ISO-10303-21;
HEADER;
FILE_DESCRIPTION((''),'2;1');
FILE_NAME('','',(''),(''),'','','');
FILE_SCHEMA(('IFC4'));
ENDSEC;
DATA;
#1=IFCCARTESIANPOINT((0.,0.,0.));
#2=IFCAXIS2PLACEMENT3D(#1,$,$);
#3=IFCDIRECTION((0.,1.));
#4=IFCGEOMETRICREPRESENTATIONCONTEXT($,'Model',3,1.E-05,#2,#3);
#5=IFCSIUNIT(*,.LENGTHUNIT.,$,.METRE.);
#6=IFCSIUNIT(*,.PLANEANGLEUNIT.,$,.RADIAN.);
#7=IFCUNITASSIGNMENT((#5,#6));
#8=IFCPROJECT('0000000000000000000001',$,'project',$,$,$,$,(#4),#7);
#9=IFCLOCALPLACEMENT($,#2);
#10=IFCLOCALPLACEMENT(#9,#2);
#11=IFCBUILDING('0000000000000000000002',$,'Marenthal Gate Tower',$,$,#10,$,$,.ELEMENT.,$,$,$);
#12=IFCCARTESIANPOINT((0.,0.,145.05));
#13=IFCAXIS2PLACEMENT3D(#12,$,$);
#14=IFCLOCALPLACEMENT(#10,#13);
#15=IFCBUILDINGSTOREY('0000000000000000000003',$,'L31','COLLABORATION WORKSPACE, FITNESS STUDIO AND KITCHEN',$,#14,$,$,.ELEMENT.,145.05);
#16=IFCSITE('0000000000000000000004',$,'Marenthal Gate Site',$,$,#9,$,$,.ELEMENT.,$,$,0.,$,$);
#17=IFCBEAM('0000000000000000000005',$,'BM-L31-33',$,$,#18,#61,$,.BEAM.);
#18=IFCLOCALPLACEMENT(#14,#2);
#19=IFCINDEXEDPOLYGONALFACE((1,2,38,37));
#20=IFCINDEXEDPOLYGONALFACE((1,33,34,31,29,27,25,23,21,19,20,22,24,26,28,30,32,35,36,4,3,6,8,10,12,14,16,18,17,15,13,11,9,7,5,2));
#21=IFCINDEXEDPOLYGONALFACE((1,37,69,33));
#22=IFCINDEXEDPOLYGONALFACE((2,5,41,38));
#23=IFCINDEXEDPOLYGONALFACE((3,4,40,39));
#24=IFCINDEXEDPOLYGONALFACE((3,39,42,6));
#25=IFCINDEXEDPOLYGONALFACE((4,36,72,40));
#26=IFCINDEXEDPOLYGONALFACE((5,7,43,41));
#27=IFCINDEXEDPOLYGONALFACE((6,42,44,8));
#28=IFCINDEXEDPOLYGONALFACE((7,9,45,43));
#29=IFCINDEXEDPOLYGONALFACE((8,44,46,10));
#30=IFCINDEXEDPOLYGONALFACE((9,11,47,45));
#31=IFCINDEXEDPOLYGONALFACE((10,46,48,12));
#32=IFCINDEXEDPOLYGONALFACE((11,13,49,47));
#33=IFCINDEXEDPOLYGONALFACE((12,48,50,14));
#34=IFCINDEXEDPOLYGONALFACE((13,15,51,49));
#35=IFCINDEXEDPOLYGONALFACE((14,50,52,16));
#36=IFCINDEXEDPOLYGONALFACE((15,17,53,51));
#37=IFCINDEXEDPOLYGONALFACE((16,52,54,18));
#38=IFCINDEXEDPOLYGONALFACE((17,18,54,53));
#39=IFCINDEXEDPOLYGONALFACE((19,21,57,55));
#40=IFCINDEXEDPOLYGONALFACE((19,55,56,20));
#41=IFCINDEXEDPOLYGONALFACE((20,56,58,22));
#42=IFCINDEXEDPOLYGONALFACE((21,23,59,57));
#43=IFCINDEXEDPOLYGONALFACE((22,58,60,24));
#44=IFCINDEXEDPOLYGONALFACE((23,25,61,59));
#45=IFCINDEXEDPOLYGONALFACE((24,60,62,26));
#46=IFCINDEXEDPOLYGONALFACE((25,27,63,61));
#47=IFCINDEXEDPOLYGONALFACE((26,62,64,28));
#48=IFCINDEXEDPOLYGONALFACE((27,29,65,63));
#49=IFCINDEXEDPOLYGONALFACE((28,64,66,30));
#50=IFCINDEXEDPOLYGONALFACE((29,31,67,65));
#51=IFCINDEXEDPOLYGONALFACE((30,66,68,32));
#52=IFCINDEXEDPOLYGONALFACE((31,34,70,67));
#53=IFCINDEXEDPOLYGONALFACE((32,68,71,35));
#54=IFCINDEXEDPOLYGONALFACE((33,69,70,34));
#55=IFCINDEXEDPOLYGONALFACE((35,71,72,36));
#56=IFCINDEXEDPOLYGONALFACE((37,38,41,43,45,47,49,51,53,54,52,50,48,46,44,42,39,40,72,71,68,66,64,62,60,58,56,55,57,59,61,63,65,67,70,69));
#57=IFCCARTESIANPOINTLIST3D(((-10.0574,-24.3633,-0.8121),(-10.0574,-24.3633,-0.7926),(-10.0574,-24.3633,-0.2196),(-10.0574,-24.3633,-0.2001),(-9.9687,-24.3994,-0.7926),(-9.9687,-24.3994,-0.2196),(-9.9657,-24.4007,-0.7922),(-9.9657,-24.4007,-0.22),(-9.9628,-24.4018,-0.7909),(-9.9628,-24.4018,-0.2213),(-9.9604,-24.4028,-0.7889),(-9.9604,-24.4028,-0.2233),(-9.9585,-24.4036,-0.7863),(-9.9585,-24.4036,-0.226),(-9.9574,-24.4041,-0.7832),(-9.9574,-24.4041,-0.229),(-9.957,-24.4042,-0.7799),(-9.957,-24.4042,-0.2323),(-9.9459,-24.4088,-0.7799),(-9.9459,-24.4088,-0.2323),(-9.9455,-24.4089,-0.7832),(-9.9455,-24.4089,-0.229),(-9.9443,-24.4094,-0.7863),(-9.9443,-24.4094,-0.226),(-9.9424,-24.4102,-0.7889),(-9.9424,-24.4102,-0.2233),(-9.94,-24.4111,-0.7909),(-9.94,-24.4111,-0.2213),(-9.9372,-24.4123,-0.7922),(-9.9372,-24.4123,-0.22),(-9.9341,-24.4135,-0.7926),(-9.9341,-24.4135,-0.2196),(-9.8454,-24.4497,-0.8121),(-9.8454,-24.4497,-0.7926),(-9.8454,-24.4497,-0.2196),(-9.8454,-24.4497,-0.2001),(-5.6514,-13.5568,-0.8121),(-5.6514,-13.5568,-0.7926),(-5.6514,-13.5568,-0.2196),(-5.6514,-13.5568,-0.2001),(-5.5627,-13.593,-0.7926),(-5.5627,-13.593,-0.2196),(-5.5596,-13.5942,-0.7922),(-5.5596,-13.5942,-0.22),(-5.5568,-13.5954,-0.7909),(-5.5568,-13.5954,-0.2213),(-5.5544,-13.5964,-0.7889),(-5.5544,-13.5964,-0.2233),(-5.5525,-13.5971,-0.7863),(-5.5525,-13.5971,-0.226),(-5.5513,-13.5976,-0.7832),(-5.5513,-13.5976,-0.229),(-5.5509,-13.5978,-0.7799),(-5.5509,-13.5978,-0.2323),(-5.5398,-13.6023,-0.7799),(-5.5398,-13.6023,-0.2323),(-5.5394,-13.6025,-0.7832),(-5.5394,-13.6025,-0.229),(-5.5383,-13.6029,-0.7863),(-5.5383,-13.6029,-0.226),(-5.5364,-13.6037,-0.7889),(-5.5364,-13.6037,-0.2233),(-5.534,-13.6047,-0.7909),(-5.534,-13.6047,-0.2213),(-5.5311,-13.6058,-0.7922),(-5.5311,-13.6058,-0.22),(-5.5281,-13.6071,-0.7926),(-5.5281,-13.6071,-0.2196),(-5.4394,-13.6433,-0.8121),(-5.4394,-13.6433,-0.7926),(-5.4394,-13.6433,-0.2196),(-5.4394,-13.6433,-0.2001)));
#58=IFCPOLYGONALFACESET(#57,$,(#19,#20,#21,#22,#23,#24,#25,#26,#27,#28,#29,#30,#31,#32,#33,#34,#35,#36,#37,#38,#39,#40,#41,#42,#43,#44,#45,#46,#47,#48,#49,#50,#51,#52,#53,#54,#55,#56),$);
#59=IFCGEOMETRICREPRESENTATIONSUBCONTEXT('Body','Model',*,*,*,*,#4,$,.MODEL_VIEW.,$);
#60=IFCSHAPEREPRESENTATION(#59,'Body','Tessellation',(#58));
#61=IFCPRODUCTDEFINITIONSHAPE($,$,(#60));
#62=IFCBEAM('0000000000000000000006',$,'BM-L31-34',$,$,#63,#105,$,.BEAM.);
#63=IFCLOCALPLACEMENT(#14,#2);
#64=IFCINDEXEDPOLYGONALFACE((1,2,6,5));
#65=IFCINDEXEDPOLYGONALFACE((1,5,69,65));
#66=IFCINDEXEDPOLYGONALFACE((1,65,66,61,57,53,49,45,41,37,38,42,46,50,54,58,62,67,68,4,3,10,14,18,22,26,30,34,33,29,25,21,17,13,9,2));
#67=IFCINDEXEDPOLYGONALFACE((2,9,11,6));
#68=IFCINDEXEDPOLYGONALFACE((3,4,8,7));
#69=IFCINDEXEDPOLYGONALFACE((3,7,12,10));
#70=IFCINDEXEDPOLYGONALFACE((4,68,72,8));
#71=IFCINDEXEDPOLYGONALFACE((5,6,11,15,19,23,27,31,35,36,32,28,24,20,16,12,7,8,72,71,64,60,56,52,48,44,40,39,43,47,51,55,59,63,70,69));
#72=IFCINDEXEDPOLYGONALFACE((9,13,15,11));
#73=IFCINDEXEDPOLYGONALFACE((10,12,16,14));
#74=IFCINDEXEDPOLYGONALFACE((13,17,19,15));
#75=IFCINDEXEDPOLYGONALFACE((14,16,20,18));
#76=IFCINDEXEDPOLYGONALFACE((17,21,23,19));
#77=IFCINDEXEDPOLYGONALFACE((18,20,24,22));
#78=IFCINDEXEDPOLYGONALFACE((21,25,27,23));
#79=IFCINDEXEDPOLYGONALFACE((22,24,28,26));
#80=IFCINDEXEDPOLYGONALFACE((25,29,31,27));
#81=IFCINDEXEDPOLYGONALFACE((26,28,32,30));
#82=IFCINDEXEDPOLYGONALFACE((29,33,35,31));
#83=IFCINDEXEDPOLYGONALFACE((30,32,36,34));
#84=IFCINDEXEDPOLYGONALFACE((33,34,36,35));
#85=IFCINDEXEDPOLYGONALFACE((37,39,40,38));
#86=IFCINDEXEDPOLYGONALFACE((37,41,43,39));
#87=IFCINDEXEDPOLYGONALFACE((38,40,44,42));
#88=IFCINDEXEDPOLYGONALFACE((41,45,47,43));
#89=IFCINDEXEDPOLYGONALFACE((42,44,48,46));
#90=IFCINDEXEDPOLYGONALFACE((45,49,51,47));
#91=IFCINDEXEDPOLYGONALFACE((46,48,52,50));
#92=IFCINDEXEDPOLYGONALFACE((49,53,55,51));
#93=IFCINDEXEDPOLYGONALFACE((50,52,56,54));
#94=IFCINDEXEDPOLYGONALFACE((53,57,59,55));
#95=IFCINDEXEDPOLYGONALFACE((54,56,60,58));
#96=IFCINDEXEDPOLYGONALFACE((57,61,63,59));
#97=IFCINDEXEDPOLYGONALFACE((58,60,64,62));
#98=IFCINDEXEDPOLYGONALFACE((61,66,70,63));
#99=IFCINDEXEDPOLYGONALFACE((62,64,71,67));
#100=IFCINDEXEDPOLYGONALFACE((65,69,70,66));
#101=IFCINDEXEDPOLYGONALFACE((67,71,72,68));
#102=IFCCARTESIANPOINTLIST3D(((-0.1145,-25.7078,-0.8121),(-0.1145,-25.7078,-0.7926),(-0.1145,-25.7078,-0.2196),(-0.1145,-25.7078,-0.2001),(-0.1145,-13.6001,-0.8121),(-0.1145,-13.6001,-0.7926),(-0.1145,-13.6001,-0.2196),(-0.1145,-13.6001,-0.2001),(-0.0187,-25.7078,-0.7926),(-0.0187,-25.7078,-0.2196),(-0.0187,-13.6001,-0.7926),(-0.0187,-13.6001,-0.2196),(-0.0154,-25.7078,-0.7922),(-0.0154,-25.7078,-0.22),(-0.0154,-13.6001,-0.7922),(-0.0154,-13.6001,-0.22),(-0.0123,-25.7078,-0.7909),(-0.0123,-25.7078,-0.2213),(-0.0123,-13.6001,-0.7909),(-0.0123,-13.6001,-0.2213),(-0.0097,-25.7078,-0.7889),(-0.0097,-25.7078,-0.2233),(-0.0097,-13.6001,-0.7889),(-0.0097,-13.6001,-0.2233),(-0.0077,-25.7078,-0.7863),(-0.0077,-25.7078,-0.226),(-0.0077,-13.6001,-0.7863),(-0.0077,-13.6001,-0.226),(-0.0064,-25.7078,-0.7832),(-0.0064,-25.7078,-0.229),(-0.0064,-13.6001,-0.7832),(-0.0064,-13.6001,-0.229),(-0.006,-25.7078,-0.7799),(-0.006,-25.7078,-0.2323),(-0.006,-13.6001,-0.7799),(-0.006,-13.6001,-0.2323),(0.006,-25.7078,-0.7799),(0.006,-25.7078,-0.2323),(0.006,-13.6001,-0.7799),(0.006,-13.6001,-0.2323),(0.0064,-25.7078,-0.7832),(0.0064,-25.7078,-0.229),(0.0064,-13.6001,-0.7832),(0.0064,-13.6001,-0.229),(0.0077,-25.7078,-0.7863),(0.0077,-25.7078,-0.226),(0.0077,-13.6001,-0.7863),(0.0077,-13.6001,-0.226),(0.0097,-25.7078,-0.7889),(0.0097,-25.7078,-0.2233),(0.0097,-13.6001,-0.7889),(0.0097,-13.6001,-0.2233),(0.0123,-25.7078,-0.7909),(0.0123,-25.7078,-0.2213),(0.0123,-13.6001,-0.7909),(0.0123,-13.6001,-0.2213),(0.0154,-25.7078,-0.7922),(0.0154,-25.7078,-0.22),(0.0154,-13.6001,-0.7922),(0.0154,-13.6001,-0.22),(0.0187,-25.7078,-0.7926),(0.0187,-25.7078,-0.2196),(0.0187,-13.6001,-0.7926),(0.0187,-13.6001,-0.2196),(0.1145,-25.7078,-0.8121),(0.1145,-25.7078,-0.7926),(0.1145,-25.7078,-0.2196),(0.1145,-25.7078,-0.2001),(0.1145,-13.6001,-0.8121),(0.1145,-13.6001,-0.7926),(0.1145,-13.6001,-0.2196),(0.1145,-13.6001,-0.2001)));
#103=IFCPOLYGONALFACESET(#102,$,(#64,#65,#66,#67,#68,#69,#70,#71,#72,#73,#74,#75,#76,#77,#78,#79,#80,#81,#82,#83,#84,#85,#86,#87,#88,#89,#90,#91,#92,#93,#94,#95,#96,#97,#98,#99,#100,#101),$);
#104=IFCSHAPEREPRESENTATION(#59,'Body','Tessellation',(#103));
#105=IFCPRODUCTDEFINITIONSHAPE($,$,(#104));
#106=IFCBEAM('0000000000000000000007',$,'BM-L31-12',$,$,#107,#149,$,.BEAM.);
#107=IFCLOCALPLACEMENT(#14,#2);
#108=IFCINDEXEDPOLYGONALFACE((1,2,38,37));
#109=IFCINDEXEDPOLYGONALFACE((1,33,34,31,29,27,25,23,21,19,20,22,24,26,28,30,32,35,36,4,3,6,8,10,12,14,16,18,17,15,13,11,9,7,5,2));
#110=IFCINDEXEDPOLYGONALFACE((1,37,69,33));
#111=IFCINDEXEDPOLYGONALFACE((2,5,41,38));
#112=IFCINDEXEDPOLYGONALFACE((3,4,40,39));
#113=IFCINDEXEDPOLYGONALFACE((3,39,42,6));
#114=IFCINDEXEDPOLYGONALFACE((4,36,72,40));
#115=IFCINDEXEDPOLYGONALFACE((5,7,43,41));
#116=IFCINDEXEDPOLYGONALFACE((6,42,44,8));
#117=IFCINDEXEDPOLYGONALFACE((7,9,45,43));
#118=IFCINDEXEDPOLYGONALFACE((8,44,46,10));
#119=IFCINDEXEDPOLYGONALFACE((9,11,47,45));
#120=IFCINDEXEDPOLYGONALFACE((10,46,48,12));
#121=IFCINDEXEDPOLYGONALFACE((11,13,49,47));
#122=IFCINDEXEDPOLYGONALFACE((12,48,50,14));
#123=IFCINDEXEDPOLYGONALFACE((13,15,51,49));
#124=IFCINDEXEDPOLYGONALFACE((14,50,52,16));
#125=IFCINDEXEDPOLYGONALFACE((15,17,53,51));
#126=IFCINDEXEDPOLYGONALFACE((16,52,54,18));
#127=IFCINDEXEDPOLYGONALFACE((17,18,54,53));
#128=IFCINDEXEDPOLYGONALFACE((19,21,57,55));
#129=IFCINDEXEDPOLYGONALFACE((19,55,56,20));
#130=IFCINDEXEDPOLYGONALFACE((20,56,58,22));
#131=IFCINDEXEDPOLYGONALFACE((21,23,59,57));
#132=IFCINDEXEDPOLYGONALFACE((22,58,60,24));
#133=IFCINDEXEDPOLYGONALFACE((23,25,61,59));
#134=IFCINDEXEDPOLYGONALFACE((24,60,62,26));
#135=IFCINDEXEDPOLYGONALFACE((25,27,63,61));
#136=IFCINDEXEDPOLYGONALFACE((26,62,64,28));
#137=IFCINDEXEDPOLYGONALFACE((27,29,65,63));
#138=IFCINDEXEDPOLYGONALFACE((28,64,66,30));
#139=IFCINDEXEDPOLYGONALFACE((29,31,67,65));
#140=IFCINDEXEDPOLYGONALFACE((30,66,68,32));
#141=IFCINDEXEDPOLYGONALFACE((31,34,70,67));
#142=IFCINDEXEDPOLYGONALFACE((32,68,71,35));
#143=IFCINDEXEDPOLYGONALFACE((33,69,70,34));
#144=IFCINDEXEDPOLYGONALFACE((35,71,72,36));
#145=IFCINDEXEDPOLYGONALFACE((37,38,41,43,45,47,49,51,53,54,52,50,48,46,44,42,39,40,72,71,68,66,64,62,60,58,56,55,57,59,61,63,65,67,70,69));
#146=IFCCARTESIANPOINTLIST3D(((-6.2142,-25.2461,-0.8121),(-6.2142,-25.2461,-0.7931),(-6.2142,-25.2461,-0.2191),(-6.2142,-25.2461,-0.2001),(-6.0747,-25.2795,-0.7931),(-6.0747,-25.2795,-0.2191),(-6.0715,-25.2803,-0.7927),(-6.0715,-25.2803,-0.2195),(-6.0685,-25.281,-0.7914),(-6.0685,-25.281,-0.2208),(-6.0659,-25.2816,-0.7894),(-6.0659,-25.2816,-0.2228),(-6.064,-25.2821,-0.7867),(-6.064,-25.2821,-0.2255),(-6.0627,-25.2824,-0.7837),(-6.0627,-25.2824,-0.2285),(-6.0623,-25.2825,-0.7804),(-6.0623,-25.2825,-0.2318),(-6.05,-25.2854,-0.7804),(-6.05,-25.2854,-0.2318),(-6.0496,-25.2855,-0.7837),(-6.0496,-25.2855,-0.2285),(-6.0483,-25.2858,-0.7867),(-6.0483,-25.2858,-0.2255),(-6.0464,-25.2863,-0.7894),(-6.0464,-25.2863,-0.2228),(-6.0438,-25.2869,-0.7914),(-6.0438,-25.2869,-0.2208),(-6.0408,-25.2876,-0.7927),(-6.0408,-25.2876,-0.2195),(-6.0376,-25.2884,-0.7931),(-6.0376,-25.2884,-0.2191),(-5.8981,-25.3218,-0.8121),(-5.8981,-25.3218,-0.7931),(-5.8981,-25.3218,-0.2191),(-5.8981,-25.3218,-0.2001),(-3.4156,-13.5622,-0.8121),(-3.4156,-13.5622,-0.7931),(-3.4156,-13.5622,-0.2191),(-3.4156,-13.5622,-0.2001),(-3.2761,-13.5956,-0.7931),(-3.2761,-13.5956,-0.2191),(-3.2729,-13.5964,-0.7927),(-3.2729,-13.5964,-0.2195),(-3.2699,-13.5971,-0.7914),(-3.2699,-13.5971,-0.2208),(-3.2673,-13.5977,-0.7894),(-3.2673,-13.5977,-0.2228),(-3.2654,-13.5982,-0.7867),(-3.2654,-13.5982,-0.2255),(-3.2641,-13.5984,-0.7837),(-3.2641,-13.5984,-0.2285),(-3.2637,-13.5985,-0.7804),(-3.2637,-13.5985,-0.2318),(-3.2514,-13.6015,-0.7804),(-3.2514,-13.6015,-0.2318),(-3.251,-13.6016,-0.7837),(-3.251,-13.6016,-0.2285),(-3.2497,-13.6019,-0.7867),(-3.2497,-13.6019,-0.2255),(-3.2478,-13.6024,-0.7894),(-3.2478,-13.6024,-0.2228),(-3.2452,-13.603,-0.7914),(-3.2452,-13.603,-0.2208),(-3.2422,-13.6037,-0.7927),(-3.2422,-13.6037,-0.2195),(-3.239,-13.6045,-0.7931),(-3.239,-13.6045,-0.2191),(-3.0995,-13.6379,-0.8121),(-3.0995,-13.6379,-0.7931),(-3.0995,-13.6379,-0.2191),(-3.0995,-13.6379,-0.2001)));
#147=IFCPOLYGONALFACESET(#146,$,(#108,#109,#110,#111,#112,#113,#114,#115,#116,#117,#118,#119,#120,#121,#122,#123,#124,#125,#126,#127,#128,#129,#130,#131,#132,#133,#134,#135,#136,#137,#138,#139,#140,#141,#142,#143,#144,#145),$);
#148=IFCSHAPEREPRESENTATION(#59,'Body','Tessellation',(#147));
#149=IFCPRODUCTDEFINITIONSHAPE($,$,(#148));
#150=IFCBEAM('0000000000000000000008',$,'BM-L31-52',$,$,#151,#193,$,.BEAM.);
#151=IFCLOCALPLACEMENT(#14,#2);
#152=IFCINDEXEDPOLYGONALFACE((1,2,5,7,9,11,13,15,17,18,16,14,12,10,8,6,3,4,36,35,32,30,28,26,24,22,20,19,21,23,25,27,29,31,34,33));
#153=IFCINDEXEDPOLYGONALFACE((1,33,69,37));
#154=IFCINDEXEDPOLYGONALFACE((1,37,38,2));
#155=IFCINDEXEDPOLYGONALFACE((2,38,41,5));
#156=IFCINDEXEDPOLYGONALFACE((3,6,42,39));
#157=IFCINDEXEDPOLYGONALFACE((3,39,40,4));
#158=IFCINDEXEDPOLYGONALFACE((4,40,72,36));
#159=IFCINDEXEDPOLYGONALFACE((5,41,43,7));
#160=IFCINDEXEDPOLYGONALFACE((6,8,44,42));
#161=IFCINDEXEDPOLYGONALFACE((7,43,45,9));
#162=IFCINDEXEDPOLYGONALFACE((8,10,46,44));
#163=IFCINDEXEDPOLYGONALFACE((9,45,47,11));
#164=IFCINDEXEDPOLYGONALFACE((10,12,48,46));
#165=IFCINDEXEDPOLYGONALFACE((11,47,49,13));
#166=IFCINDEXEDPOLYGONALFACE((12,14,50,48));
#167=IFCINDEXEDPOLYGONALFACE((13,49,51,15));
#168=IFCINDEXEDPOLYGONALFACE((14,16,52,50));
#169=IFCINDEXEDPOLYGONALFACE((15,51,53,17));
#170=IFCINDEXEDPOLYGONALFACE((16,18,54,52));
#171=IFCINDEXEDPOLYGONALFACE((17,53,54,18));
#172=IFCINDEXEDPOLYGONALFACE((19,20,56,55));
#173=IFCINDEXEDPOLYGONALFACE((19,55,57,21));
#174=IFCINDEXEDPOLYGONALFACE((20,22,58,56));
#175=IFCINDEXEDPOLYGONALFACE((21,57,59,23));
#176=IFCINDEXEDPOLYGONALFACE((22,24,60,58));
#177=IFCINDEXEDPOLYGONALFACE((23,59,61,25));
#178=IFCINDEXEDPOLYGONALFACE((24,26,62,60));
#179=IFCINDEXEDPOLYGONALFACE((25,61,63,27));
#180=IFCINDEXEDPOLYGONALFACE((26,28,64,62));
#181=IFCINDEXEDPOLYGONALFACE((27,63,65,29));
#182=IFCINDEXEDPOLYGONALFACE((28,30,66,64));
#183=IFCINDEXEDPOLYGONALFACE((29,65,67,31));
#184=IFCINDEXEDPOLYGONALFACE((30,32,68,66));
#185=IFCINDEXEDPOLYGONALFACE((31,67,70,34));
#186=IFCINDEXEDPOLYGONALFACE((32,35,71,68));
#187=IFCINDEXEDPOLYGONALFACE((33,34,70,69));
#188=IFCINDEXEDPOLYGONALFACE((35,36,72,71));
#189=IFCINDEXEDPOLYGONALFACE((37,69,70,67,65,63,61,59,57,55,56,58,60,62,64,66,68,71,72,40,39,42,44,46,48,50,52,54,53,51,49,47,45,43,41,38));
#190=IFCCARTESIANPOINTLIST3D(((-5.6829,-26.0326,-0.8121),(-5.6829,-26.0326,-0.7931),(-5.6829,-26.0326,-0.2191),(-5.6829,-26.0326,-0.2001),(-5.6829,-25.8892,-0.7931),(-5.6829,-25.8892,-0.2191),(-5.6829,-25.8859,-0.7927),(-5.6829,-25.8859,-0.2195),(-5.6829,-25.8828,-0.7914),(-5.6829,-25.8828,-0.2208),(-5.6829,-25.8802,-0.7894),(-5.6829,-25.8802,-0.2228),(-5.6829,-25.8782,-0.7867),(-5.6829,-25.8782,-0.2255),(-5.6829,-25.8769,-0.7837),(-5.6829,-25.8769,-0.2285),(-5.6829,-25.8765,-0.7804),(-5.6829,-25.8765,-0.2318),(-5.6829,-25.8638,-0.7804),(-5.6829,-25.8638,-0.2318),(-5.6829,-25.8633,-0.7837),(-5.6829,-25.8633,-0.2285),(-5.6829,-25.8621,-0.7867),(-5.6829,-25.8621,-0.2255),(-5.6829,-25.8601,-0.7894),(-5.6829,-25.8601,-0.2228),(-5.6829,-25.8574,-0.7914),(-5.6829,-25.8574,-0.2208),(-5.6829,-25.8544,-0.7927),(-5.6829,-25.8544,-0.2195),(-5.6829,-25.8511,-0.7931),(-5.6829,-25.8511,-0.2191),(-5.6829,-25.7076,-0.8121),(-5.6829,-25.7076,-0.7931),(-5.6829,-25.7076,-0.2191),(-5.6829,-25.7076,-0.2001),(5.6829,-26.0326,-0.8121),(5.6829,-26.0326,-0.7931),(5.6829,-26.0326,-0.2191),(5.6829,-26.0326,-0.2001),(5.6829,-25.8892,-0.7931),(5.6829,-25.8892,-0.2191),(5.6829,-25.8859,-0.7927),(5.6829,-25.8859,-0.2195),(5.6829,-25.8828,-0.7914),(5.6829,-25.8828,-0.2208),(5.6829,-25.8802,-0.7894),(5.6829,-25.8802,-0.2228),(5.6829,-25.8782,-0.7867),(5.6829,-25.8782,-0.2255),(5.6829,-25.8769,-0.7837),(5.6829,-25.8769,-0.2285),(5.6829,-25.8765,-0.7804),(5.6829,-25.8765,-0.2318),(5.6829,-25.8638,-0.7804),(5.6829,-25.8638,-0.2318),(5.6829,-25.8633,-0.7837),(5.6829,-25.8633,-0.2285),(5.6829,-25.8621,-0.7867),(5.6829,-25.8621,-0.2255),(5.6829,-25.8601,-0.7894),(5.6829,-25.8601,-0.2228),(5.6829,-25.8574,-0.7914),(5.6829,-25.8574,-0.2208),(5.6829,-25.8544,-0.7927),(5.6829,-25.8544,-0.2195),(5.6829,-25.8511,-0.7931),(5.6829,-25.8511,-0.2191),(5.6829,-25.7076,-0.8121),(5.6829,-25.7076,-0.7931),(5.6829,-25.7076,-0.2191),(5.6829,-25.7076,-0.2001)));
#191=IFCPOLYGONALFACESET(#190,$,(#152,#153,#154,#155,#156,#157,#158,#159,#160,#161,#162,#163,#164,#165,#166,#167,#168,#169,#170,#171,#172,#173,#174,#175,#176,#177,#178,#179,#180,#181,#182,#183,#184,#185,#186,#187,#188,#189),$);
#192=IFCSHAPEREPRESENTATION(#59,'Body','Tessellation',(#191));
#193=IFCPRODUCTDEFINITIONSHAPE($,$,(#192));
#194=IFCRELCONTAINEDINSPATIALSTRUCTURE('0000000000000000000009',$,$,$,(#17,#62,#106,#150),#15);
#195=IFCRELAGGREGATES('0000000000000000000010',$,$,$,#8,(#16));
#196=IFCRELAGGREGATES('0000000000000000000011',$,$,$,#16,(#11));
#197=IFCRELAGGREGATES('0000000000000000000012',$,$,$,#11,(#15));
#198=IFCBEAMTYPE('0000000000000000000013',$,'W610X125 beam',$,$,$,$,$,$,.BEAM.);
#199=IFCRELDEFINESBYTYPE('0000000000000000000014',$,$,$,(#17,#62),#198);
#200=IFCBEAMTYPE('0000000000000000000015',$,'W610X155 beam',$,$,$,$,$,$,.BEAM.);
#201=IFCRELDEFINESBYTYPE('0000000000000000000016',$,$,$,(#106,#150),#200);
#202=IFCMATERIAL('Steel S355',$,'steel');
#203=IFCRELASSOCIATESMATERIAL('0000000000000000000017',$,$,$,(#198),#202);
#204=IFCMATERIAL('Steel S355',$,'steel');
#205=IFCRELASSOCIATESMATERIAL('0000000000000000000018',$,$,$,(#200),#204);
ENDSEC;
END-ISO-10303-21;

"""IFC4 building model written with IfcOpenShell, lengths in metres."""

from ifc_helpers import new_model, si_unit, direction, frame, origin, origin_2d, place, context, subcontext, project, spatial, i_section, extrude, material, material_profile, profile_set, type_object, element, save


model = new_model("IFC4")

# Units and contexts
model_context = context("Model", 3, precision=1e-05, world=origin(), true_north=direction((0.0, 1.0)))
body_context = subcontext(model_context, "Body", "Model", "MODEL_VIEW")
ifc_project = project(units=[si_unit("LENGTHUNIT", "METRE"), si_unit("PLANEANGLEUNIT", "RADIAN")], contexts=[model_context])

# Site, building, storey
site_placement = place(None, origin())
site = spatial("IfcSite", under=ifc_project, at=site_placement, Name="Marenthal Gate Site", CompositionType="ELEMENT", RefElevation=0.0)
building_placement = place(site_placement, origin())
building = spatial("IfcBuilding", under=site, at=building_placement, Name="Marenthal Gate Tower", CompositionType="ELEMENT")
storey_placement = place(building_placement, frame((0.0, 0.0, 145.05)))
storey = spatial("IfcBuildingStorey", under=building, at=storey_placement, Name="L31", Description="COLLABORATION WORKSPACE, FITNESS STUDIO AND KITCHEN", CompositionType="ELEMENT", Elevation=145.05)

# Beams
ifc_material_1 = material(Name="Steel S355", Category="steel")
ifc_material_profile_1 = material_profile(ifc_material_1, i_section(OverallWidth=0.229, OverallDepth=0.6121, WebThickness=0.012, FlangeThickness=0.0195, FilletRadius=0.0127, at=origin_2d()), Name="W610X125")
ifc_profile_set_1 = profile_set([ifc_material_profile_1], Name="Steel S355")
beam_type_1 = type_object("IfcBeamType", Name="W610X125 beam", PredefinedType="BEAM", material=ifc_profile_set_1)
beam_1_placement = place(storey_placement, frame((-9.9514, -24.4065, -0.5061), z_axis=(0.377547, 0.925991, 0.0), x_axis=(-0.925991, 0.377547, 0.0)))
element("IfcBeam", 1, at=beam_1_placement, inside=storey, type_object=beam_type_1, Name="BM-L31-33", PredefinedType="BEAM", context=body_context, shape_type="SweptSolid", body=[
    extrude(i_section(OverallWidth=0.229, OverallDepth=0.6121, WebThickness=0.012, FlangeThickness=0.0195, FilletRadius=0.0127, at=origin_2d()), origin(), (0.0, 0.0, 1.0), 11.6702),
])
beam_2_placement = place(storey_placement, frame((0.0, -25.7078, -0.5061), z_axis=(0.0, 1.0, 0.0), x_axis=(-1.0, 0.0, 0.0)))
element("IfcBeam", 2, at=beam_2_placement, inside=storey, type_object=beam_type_1, Name="BM-L31-34", PredefinedType="BEAM", context=body_context, shape_type="SweptSolid", body=[
    extrude(i_section(OverallWidth=0.229, OverallDepth=0.6121, WebThickness=0.012, FlangeThickness=0.0195, FilletRadius=0.0127, at=origin_2d()), origin(), (0.0, 0.0, 1.0), 12.1077),
])
ifc_material_2 = material(Name="Steel S355", Category="steel")
ifc_material_profile_2 = material_profile(ifc_material_2, i_section(OverallWidth=0.325, OverallDepth=0.6121, WebThickness=0.0127, FlangeThickness=0.019, FilletRadius=0.0127, at=origin_2d()), Name="W610X155")
ifc_profile_set_2 = profile_set([ifc_material_profile_2], Name="Steel S355")
beam_type_2 = type_object("IfcBeamType", Name="W610X155 beam", PredefinedType="BEAM", material=ifc_profile_set_2)
beam_3_placement = place(storey_placement, frame((-6.0562, -25.2839, -0.5061), z_axis=(0.232937, 0.972492, 0.0), x_axis=(-0.972492, 0.232937, 0.0)))
element("IfcBeam", 3, at=beam_3_placement, inside=storey, type_object=beam_type_2, Name="BM-L31-12", PredefinedType="BEAM", context=body_context, shape_type="SweptSolid", body=[
    extrude(i_section(OverallWidth=0.325, OverallDepth=0.6121, WebThickness=0.0127, FlangeThickness=0.019, FilletRadius=0.0127, at=origin_2d()), origin(), (0.0, 0.0, 1.0), 12.0144),
])
beam_4_placement = place(storey_placement, frame((-5.6829, -25.8701, -0.5061), z_axis=(1.0, 0.0, 0.0), x_axis=(0.0, 1.0, 0.0)))
element("IfcBeam", 4, at=beam_4_placement, inside=storey, type_object=beam_type_2, Name="BM-L31-52", PredefinedType="BEAM", context=body_context, shape_type="SweptSolid", body=[
    extrude(i_section(OverallWidth=0.325, OverallDepth=0.6121, WebThickness=0.0127, FlangeThickness=0.019, FilletRadius=0.0127, at=origin_2d()), origin(), (0.0, 0.0, 1.0), 11.3657),
])

save(model, "model.ifc")
